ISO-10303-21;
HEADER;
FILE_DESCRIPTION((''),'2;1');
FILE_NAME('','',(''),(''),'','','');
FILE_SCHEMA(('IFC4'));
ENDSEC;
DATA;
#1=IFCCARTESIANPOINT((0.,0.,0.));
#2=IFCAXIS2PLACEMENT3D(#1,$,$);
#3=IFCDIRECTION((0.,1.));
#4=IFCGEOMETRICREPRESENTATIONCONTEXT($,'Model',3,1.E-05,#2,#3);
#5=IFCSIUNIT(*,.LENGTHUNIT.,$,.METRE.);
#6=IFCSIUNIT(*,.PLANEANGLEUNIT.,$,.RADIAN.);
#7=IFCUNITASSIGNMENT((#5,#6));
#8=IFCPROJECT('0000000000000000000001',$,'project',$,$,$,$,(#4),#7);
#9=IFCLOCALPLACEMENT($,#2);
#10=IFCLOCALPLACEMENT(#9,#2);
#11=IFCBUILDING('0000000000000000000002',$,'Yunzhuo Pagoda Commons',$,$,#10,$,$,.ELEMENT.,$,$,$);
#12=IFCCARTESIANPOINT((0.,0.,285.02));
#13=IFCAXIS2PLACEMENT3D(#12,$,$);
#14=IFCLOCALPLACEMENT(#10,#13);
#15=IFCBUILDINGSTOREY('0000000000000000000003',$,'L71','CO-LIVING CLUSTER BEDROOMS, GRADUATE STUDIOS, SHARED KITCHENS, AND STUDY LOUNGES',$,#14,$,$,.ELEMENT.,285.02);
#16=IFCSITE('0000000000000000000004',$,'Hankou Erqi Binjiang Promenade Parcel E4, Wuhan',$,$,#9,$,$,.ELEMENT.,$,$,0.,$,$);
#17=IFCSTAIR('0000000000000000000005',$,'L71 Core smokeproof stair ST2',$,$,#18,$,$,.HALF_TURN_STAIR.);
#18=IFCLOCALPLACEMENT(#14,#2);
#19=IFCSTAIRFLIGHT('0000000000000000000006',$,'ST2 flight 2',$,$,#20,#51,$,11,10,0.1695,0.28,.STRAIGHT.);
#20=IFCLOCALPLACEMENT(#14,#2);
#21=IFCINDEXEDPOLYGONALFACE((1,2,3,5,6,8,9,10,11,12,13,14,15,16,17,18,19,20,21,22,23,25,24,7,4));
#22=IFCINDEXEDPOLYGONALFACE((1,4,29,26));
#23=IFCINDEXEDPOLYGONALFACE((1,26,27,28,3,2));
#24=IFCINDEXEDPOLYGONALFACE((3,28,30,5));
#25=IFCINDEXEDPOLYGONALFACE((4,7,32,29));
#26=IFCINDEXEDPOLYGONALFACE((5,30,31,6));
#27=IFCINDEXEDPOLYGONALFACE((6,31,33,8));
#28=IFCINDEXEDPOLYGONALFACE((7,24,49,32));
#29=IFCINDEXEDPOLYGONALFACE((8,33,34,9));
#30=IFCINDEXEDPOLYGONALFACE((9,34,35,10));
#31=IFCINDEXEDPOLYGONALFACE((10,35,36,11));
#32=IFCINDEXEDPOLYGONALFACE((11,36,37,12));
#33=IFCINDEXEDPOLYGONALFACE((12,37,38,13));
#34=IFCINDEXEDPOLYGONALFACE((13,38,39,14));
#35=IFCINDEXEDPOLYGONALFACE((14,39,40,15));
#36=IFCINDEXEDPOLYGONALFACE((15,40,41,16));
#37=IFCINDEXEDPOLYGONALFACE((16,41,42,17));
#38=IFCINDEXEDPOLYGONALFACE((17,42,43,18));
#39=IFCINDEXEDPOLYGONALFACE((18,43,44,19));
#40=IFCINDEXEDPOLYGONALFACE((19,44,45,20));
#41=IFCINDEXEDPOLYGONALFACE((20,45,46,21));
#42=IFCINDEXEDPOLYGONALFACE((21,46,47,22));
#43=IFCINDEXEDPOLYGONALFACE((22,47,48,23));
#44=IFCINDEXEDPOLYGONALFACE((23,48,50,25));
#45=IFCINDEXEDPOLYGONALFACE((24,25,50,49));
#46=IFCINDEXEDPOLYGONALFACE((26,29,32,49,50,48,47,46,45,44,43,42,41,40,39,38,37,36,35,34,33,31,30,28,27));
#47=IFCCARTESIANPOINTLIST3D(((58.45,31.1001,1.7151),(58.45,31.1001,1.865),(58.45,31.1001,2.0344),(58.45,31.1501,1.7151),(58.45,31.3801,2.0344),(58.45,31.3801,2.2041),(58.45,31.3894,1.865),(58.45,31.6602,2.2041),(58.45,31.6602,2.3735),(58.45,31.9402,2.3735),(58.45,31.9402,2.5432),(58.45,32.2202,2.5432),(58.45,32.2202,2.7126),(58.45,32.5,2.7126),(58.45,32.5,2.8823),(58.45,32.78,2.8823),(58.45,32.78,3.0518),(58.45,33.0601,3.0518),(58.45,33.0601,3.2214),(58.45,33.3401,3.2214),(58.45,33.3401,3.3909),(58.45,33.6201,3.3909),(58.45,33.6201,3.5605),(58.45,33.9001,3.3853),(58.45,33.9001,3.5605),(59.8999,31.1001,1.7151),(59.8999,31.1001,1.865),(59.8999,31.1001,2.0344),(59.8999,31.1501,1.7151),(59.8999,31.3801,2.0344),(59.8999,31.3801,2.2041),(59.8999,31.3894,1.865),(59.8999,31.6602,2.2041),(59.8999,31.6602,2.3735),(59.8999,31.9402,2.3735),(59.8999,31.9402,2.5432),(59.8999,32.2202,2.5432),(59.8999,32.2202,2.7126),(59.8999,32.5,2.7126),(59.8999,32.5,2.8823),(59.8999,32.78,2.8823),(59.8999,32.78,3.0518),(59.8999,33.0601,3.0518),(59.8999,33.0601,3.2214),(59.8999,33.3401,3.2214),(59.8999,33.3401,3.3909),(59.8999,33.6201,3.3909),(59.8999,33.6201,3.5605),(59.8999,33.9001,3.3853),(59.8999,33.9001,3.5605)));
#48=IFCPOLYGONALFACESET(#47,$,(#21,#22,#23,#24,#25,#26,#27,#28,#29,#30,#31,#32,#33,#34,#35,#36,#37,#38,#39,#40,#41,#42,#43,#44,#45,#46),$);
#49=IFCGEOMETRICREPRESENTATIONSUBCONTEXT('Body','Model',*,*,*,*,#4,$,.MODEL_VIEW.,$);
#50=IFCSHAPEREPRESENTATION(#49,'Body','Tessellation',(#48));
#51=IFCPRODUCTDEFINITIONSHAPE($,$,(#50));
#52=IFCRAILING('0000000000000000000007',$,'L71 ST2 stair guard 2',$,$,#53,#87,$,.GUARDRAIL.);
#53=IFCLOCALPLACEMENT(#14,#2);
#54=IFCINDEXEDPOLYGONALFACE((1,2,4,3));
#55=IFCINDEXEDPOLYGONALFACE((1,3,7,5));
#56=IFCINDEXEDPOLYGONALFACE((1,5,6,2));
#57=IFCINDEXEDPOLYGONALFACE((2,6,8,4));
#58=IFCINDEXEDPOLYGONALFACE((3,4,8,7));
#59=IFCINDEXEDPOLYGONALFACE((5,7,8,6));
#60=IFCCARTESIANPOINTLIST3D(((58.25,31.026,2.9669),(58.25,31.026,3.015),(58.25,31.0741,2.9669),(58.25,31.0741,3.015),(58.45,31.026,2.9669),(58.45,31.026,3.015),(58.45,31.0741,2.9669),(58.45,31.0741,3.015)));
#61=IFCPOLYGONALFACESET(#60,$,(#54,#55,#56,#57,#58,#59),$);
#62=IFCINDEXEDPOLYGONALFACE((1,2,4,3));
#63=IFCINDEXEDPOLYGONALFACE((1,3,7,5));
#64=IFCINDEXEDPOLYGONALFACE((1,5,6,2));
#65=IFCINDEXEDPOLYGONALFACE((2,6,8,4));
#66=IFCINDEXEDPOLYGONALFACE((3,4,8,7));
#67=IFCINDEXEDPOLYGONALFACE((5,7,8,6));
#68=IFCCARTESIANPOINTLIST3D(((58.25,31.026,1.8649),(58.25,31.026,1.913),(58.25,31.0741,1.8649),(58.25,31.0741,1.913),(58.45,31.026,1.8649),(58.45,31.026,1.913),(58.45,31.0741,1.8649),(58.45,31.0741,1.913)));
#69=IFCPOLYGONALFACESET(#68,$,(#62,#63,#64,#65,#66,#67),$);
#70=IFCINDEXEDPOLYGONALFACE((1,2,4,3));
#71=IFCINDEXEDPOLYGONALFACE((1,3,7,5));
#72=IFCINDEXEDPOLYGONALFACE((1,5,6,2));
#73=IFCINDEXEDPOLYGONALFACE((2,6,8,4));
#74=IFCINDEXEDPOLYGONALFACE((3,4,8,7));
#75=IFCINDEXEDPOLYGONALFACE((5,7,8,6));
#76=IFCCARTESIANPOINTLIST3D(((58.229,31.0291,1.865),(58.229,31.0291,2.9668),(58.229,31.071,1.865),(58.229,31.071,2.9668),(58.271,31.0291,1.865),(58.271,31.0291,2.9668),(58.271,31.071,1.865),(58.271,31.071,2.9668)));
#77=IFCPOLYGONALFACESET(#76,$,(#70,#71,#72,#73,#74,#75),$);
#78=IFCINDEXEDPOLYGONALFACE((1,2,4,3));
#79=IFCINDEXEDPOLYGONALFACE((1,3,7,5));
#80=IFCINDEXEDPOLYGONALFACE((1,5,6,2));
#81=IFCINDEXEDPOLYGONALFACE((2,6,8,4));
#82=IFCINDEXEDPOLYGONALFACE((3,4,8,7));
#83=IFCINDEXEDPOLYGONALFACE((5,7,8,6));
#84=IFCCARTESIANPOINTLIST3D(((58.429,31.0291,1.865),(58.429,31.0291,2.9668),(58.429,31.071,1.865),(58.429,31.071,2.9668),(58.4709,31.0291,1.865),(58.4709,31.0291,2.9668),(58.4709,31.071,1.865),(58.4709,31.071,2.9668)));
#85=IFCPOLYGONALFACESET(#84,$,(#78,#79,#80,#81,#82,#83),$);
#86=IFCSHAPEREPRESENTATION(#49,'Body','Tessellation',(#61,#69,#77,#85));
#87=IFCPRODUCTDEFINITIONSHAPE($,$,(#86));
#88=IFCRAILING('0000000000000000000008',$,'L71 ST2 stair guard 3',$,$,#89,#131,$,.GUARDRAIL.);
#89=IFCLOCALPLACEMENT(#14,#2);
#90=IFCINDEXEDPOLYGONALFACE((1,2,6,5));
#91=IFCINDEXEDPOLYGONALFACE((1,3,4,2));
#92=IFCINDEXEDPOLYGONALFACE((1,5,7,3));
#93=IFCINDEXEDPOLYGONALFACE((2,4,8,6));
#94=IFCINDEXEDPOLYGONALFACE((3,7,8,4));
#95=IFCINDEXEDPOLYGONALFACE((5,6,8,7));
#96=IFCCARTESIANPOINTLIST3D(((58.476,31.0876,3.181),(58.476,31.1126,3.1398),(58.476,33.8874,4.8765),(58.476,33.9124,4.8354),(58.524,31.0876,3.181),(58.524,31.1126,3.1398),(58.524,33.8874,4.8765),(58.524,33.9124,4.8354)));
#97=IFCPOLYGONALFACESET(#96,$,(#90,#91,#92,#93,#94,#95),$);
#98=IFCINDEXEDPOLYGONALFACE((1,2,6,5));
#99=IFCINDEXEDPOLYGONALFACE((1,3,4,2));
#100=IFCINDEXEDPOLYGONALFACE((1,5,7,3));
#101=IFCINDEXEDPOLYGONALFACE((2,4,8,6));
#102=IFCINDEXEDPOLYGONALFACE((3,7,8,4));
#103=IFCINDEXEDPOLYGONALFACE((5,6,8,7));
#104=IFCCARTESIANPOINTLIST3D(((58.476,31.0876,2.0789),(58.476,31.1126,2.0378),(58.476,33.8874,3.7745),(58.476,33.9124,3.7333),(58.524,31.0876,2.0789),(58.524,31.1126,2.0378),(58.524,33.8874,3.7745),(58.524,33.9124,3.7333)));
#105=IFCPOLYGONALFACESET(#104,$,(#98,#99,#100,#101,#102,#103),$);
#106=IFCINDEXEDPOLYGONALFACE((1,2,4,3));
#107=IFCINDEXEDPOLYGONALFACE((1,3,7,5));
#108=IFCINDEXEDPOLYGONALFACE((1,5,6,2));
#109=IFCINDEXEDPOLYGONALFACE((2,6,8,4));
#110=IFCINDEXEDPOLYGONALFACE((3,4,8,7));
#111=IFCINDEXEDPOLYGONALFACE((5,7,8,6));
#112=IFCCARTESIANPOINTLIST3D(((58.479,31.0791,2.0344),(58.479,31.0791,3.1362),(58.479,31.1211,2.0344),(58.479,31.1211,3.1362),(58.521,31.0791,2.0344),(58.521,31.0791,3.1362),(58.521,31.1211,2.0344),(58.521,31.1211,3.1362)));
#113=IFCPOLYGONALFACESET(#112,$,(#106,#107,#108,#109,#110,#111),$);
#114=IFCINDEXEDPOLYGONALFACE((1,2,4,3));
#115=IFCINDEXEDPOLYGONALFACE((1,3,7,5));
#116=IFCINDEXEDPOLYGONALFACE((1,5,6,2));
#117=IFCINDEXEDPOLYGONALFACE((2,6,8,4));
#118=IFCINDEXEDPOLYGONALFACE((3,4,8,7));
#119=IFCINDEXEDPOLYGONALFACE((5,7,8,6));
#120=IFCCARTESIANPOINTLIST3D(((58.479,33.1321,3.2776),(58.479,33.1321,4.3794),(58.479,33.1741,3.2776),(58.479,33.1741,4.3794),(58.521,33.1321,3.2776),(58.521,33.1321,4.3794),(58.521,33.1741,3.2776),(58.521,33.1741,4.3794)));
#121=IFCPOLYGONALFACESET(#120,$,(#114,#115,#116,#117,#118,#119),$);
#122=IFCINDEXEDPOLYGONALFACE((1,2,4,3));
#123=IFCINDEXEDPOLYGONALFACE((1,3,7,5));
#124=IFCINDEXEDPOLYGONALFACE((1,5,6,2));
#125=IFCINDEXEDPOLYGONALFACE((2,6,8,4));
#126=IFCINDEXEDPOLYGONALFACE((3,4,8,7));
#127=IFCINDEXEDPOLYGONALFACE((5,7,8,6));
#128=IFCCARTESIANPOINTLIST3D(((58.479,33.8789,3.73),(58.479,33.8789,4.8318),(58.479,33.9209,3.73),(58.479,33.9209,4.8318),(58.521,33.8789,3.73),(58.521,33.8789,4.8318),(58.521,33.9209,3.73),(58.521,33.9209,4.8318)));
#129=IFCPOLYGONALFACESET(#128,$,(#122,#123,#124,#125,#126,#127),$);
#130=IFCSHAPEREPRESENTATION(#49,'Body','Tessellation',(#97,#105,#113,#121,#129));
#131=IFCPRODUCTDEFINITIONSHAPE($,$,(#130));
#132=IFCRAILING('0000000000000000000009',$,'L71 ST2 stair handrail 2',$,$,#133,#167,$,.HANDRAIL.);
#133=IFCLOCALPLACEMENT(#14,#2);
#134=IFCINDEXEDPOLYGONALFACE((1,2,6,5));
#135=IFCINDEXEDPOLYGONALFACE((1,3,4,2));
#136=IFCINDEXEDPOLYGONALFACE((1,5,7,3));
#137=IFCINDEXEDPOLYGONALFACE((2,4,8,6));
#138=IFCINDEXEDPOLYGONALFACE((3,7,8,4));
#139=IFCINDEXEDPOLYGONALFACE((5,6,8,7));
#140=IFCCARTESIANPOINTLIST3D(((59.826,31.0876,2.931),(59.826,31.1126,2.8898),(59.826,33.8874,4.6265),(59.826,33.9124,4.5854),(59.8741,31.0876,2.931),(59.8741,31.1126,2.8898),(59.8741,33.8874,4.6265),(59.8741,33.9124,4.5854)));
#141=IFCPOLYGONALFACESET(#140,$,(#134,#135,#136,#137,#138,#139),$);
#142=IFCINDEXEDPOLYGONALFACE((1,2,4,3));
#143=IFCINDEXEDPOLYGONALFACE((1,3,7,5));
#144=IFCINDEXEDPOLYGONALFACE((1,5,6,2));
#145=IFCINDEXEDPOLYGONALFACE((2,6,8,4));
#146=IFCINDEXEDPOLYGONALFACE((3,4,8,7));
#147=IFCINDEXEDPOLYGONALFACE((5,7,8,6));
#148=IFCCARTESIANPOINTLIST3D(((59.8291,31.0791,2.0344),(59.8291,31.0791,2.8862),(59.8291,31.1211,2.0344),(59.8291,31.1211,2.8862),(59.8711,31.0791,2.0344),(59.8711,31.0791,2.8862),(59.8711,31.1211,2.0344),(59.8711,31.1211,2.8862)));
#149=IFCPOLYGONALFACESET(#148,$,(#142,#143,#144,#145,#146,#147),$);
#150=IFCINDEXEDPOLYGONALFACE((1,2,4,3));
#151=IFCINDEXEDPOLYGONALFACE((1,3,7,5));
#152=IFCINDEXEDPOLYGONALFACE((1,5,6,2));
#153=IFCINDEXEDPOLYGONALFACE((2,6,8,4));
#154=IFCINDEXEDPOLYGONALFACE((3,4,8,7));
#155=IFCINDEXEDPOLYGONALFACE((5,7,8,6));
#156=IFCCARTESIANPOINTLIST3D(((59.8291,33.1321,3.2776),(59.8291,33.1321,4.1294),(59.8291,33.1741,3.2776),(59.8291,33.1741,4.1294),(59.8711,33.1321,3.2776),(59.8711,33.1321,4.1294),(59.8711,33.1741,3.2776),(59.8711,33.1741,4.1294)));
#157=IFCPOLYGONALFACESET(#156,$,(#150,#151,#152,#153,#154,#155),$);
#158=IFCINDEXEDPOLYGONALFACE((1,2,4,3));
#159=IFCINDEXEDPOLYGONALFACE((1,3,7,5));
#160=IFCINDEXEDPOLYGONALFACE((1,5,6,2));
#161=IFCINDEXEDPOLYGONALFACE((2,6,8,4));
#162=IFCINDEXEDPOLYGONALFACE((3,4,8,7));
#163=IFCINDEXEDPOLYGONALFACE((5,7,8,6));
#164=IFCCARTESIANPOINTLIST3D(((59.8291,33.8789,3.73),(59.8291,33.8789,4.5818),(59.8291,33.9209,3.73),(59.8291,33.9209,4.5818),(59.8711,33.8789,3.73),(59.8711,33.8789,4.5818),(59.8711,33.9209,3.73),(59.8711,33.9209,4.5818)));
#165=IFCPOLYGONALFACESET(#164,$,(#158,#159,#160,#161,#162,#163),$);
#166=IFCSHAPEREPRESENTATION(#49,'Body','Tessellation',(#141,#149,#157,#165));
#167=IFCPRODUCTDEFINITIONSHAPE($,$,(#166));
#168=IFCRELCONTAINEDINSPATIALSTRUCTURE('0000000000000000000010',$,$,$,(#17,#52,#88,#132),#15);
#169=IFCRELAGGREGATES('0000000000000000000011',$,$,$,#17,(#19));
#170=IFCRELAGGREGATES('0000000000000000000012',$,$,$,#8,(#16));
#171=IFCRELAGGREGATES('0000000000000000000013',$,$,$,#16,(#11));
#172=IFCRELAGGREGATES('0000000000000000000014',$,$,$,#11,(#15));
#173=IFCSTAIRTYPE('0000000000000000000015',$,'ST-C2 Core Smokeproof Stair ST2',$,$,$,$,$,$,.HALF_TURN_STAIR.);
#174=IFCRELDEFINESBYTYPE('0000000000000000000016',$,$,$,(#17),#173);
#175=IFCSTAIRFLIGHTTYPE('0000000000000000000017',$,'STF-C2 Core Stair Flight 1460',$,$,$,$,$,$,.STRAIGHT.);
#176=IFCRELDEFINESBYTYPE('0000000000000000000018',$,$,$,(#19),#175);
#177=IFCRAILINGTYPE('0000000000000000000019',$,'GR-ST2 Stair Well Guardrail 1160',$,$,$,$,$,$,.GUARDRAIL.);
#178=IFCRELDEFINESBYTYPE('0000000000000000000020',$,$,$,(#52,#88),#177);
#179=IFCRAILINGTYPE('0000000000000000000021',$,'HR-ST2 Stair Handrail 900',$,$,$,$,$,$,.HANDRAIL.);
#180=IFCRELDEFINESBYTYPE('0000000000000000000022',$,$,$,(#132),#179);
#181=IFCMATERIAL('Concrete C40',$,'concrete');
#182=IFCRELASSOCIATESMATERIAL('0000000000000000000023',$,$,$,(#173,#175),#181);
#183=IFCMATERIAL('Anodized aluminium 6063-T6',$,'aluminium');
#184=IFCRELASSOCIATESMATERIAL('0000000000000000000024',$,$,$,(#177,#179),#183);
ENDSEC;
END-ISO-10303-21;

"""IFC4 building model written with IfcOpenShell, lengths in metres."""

from ifc_helpers import new_model, si_unit, direction, frame, origin, origin_2d, place, context, subcontext, project, spatial, polyline, rectangle, outline, extrude, source, transform, mapped, material, type_object, element, aggregate, save


model = new_model("IFC4")

# Units and contexts
model_context = context("Model", 3, precision=1e-05, world=origin(), true_north=direction((0.0, 1.0)))
body_context = subcontext(model_context, "Body", "Model", "MODEL_VIEW")
ifc_project = project(units=[si_unit("LENGTHUNIT", "METRE"), si_unit("PLANEANGLEUNIT", "RADIAN")], contexts=[model_context])

# Site, building, storey
site_placement = place(None, origin())
site = spatial("IfcSite", under=ifc_project, at=site_placement, Name="Hankou Erqi Binjiang Promenade Parcel E4, Wuhan", CompositionType="ELEMENT", RefElevation=0.0)
building_placement = place(site_placement, origin())
building = spatial("IfcBuilding", under=site, at=building_placement, Name="Yunzhuo Pagoda Commons", CompositionType="ELEMENT")
storey_placement = place(building_placement, frame((0.0, 0.0, 285.02)))
storey = spatial("IfcBuildingStorey", under=building, at=storey_placement, Name="L71", Description="CO-LIVING CLUSTER BEDROOMS, GRADUATE STUDIOS, SHARED KITCHENS, AND STUDY LOUNGES", CompositionType="ELEMENT", Elevation=285.02)

# Shared definitions
ifc_material_1 = material(Name="Anodized aluminium 6063-T6", Category="aluminium")

# Stair, stair flight
ifc_material_2 = material(Name="Concrete C40", Category="concrete")
stair_type = type_object("IfcStairType", Name="ST-C2 Core Smokeproof Stair ST2", PredefinedType="HALF_TURN_STAIR", material=ifc_material_2)
stair_placement = place(storey_placement, origin())
stair = element("IfcStair", 1, at=stair_placement, inside=storey, type_object=stair_type, Name="L71 Core smokeproof stair ST2", PredefinedType="HALF_TURN_STAIR")
stair_flight_type = type_object("IfcStairFlightType", Name="STF-C2 Core Stair Flight 1460", PredefinedType="STRAIGHT", material=ifc_material_2)
shared_shape_1 = source(origin(), body_context, "Body", "SweptSolid", [
    extrude(outline(polyline([(0.0, -0.1499), (0.0, 0.0), (0.0, 0.1694), (0.28, 0.1694), (0.28, 0.3391), (0.5601, 0.3391), (0.5601, 0.5085), (0.8401, 0.5085), (0.8401, 0.6782), (1.1201, 0.6782), (1.1201, 0.8477), (1.3999, 0.8477), (1.3999, 1.0173), (1.6799, 1.0173), (1.6799, 1.1868), (1.96, 1.1868), (1.96, 1.3564), (2.24, 1.3564), (2.24, 1.5259), (2.52, 1.5259), (2.52, 1.6956), (2.8, 1.6956), (2.8, 1.865), (2.8, 1.5203), (0.2893, 0.0), (0.05, -0.1499), (0.0, -0.1499)])), frame((0.0, 0.7251, 0.0), z_axis=(0.0, -1.0, 0.0), x_axis=(1.0, 0.0, 0.0)), (0.0, 0.0, 1.0), 1.45),
])
stair_flight_placement = place(storey_placement, frame((59.175, 31.1001, 1.865), z_axis=(0.0, 0.0, 1.0), x_axis=(0.0, 1.0, 0.0)))
stair_flight = element("IfcStairFlight", 2, at=stair_flight_placement, type_object=stair_flight_type, Name="ST2 flight 2", NumberOfRisers=11, NumberOfTreads=10, PredefinedType="STRAIGHT", RiserHeight=0.1695, TreadLength=0.28, context=body_context, shape_type="MappedRepresentation", body=[
    mapped(shared_shape_1, transform((0.0, 0.0, 0.0), scale=1.0)),
])
aggregate(stair, [stair_flight])

# Railings
railing_type_1 = type_object("IfcRailingType", Name="GR-ST2 Stair Well Guardrail 1160", PredefinedType="GUARDRAIL", material=ifc_material_1)
railing_1_placement = place(storey_placement, frame((58.25, 31.05, 1.865)))
element("IfcRailing", 3, at=railing_1_placement, inside=storey, type_object=railing_type_1, Name="L71 ST2 stair guard 2", PredefinedType="GUARDRAIL", context=body_context, shape_type="SweptSolid", body=[
    extrude(rectangle(XDim=0.0481, YDim=0.0481, at=origin_2d()), frame((0.0, 0.0, 1.126), z_axis=(1.0, 0.0, 0.0), x_axis=(0.0, 1.0, 0.0)), (0.0, 0.0, 1.0), 0.2),
    extrude(rectangle(XDim=0.0481, YDim=0.0481, at=origin_2d()), frame((0.0, 0.0, 0.0239), z_axis=(1.0, 0.0, 0.0), x_axis=(0.0, 1.0, 0.0)), (0.0, 0.0, 1.0), 0.2),
    extrude(rectangle(XDim=0.042, YDim=0.042, at=origin_2d()), origin(), (0.0, 0.0, 1.0), 1.1018),
    extrude(rectangle(XDim=0.042, YDim=0.042, at=origin_2d()), frame((0.2, 0.0, 0.0)), (0.0, 0.0, 1.0), 1.1018),
])
railing_2_placement = place(storey_placement, frame((58.5, 31.1001, 2.0344)))
element("IfcRailing", 4, at=railing_2_placement, inside=storey, type_object=railing_type_1, Name="L71 ST2 stair guard 3", PredefinedType="GUARDRAIL", context=body_context, shape_type="SweptSolid", body=[
    extrude(rectangle(XDim=0.0481, YDim=0.0481, at=origin_2d()), frame((0.0, 0.0, 1.126), z_axis=(0.0, 0.855373, 0.518012), x_axis=(-1.0, 0.0, 0.0)), (0.0, 0.0, 1.0), 3.2732),
    extrude(rectangle(XDim=0.0481, YDim=0.0481, at=origin_2d()), frame((0.0, 0.0, 0.0239), z_axis=(0.0, 0.855373, 0.518012), x_axis=(-1.0, 0.0, 0.0)), (0.0, 0.0, 1.0), 3.2732),
    extrude(rectangle(XDim=0.042, YDim=0.042, at=origin_2d()), origin(), (0.0, 0.0, 1.0), 1.1018),
    extrude(rectangle(XDim=0.042, YDim=0.042, at=origin_2d()), frame((0.0, 2.053, 1.2432)), (0.0, 0.0, 1.0), 1.1018),
    extrude(rectangle(XDim=0.042, YDim=0.042, at=origin_2d()), frame((0.0, 2.7998, 1.6956)), (0.0, 0.0, 1.0), 1.1018),
])
railing_type_2 = type_object("IfcRailingType", Name="HR-ST2 Stair Handrail 900", PredefinedType="HANDRAIL", material=ifc_material_1)
railing_3_placement = place(storey_placement, frame((59.8501, 31.1001, 2.0344)))
element("IfcRailing", 5, at=railing_3_placement, inside=storey, type_object=railing_type_2, Name="L71 ST2 stair handrail 2", PredefinedType="HANDRAIL", context=body_context, shape_type="SweptSolid", body=[
    extrude(rectangle(XDim=0.0481, YDim=0.0481, at=origin_2d()), frame((0.0, 0.0, 0.876), z_axis=(0.0, 0.855373, 0.518012), x_axis=(-1.0, 0.0, 0.0)), (0.0, 0.0, 1.0), 3.2732),
    extrude(rectangle(XDim=0.042, YDim=0.042, at=origin_2d()), origin(), (0.0, 0.0, 1.0), 0.8518),
    extrude(rectangle(XDim=0.042, YDim=0.042, at=origin_2d()), frame((0.0, 2.053, 1.2432)), (0.0, 0.0, 1.0), 0.8518),
    extrude(rectangle(XDim=0.042, YDim=0.042, at=origin_2d()), frame((0.0, 2.7998, 1.6956)), (0.0, 0.0, 1.0), 0.8518),
])

save(model, "model.ifc")
